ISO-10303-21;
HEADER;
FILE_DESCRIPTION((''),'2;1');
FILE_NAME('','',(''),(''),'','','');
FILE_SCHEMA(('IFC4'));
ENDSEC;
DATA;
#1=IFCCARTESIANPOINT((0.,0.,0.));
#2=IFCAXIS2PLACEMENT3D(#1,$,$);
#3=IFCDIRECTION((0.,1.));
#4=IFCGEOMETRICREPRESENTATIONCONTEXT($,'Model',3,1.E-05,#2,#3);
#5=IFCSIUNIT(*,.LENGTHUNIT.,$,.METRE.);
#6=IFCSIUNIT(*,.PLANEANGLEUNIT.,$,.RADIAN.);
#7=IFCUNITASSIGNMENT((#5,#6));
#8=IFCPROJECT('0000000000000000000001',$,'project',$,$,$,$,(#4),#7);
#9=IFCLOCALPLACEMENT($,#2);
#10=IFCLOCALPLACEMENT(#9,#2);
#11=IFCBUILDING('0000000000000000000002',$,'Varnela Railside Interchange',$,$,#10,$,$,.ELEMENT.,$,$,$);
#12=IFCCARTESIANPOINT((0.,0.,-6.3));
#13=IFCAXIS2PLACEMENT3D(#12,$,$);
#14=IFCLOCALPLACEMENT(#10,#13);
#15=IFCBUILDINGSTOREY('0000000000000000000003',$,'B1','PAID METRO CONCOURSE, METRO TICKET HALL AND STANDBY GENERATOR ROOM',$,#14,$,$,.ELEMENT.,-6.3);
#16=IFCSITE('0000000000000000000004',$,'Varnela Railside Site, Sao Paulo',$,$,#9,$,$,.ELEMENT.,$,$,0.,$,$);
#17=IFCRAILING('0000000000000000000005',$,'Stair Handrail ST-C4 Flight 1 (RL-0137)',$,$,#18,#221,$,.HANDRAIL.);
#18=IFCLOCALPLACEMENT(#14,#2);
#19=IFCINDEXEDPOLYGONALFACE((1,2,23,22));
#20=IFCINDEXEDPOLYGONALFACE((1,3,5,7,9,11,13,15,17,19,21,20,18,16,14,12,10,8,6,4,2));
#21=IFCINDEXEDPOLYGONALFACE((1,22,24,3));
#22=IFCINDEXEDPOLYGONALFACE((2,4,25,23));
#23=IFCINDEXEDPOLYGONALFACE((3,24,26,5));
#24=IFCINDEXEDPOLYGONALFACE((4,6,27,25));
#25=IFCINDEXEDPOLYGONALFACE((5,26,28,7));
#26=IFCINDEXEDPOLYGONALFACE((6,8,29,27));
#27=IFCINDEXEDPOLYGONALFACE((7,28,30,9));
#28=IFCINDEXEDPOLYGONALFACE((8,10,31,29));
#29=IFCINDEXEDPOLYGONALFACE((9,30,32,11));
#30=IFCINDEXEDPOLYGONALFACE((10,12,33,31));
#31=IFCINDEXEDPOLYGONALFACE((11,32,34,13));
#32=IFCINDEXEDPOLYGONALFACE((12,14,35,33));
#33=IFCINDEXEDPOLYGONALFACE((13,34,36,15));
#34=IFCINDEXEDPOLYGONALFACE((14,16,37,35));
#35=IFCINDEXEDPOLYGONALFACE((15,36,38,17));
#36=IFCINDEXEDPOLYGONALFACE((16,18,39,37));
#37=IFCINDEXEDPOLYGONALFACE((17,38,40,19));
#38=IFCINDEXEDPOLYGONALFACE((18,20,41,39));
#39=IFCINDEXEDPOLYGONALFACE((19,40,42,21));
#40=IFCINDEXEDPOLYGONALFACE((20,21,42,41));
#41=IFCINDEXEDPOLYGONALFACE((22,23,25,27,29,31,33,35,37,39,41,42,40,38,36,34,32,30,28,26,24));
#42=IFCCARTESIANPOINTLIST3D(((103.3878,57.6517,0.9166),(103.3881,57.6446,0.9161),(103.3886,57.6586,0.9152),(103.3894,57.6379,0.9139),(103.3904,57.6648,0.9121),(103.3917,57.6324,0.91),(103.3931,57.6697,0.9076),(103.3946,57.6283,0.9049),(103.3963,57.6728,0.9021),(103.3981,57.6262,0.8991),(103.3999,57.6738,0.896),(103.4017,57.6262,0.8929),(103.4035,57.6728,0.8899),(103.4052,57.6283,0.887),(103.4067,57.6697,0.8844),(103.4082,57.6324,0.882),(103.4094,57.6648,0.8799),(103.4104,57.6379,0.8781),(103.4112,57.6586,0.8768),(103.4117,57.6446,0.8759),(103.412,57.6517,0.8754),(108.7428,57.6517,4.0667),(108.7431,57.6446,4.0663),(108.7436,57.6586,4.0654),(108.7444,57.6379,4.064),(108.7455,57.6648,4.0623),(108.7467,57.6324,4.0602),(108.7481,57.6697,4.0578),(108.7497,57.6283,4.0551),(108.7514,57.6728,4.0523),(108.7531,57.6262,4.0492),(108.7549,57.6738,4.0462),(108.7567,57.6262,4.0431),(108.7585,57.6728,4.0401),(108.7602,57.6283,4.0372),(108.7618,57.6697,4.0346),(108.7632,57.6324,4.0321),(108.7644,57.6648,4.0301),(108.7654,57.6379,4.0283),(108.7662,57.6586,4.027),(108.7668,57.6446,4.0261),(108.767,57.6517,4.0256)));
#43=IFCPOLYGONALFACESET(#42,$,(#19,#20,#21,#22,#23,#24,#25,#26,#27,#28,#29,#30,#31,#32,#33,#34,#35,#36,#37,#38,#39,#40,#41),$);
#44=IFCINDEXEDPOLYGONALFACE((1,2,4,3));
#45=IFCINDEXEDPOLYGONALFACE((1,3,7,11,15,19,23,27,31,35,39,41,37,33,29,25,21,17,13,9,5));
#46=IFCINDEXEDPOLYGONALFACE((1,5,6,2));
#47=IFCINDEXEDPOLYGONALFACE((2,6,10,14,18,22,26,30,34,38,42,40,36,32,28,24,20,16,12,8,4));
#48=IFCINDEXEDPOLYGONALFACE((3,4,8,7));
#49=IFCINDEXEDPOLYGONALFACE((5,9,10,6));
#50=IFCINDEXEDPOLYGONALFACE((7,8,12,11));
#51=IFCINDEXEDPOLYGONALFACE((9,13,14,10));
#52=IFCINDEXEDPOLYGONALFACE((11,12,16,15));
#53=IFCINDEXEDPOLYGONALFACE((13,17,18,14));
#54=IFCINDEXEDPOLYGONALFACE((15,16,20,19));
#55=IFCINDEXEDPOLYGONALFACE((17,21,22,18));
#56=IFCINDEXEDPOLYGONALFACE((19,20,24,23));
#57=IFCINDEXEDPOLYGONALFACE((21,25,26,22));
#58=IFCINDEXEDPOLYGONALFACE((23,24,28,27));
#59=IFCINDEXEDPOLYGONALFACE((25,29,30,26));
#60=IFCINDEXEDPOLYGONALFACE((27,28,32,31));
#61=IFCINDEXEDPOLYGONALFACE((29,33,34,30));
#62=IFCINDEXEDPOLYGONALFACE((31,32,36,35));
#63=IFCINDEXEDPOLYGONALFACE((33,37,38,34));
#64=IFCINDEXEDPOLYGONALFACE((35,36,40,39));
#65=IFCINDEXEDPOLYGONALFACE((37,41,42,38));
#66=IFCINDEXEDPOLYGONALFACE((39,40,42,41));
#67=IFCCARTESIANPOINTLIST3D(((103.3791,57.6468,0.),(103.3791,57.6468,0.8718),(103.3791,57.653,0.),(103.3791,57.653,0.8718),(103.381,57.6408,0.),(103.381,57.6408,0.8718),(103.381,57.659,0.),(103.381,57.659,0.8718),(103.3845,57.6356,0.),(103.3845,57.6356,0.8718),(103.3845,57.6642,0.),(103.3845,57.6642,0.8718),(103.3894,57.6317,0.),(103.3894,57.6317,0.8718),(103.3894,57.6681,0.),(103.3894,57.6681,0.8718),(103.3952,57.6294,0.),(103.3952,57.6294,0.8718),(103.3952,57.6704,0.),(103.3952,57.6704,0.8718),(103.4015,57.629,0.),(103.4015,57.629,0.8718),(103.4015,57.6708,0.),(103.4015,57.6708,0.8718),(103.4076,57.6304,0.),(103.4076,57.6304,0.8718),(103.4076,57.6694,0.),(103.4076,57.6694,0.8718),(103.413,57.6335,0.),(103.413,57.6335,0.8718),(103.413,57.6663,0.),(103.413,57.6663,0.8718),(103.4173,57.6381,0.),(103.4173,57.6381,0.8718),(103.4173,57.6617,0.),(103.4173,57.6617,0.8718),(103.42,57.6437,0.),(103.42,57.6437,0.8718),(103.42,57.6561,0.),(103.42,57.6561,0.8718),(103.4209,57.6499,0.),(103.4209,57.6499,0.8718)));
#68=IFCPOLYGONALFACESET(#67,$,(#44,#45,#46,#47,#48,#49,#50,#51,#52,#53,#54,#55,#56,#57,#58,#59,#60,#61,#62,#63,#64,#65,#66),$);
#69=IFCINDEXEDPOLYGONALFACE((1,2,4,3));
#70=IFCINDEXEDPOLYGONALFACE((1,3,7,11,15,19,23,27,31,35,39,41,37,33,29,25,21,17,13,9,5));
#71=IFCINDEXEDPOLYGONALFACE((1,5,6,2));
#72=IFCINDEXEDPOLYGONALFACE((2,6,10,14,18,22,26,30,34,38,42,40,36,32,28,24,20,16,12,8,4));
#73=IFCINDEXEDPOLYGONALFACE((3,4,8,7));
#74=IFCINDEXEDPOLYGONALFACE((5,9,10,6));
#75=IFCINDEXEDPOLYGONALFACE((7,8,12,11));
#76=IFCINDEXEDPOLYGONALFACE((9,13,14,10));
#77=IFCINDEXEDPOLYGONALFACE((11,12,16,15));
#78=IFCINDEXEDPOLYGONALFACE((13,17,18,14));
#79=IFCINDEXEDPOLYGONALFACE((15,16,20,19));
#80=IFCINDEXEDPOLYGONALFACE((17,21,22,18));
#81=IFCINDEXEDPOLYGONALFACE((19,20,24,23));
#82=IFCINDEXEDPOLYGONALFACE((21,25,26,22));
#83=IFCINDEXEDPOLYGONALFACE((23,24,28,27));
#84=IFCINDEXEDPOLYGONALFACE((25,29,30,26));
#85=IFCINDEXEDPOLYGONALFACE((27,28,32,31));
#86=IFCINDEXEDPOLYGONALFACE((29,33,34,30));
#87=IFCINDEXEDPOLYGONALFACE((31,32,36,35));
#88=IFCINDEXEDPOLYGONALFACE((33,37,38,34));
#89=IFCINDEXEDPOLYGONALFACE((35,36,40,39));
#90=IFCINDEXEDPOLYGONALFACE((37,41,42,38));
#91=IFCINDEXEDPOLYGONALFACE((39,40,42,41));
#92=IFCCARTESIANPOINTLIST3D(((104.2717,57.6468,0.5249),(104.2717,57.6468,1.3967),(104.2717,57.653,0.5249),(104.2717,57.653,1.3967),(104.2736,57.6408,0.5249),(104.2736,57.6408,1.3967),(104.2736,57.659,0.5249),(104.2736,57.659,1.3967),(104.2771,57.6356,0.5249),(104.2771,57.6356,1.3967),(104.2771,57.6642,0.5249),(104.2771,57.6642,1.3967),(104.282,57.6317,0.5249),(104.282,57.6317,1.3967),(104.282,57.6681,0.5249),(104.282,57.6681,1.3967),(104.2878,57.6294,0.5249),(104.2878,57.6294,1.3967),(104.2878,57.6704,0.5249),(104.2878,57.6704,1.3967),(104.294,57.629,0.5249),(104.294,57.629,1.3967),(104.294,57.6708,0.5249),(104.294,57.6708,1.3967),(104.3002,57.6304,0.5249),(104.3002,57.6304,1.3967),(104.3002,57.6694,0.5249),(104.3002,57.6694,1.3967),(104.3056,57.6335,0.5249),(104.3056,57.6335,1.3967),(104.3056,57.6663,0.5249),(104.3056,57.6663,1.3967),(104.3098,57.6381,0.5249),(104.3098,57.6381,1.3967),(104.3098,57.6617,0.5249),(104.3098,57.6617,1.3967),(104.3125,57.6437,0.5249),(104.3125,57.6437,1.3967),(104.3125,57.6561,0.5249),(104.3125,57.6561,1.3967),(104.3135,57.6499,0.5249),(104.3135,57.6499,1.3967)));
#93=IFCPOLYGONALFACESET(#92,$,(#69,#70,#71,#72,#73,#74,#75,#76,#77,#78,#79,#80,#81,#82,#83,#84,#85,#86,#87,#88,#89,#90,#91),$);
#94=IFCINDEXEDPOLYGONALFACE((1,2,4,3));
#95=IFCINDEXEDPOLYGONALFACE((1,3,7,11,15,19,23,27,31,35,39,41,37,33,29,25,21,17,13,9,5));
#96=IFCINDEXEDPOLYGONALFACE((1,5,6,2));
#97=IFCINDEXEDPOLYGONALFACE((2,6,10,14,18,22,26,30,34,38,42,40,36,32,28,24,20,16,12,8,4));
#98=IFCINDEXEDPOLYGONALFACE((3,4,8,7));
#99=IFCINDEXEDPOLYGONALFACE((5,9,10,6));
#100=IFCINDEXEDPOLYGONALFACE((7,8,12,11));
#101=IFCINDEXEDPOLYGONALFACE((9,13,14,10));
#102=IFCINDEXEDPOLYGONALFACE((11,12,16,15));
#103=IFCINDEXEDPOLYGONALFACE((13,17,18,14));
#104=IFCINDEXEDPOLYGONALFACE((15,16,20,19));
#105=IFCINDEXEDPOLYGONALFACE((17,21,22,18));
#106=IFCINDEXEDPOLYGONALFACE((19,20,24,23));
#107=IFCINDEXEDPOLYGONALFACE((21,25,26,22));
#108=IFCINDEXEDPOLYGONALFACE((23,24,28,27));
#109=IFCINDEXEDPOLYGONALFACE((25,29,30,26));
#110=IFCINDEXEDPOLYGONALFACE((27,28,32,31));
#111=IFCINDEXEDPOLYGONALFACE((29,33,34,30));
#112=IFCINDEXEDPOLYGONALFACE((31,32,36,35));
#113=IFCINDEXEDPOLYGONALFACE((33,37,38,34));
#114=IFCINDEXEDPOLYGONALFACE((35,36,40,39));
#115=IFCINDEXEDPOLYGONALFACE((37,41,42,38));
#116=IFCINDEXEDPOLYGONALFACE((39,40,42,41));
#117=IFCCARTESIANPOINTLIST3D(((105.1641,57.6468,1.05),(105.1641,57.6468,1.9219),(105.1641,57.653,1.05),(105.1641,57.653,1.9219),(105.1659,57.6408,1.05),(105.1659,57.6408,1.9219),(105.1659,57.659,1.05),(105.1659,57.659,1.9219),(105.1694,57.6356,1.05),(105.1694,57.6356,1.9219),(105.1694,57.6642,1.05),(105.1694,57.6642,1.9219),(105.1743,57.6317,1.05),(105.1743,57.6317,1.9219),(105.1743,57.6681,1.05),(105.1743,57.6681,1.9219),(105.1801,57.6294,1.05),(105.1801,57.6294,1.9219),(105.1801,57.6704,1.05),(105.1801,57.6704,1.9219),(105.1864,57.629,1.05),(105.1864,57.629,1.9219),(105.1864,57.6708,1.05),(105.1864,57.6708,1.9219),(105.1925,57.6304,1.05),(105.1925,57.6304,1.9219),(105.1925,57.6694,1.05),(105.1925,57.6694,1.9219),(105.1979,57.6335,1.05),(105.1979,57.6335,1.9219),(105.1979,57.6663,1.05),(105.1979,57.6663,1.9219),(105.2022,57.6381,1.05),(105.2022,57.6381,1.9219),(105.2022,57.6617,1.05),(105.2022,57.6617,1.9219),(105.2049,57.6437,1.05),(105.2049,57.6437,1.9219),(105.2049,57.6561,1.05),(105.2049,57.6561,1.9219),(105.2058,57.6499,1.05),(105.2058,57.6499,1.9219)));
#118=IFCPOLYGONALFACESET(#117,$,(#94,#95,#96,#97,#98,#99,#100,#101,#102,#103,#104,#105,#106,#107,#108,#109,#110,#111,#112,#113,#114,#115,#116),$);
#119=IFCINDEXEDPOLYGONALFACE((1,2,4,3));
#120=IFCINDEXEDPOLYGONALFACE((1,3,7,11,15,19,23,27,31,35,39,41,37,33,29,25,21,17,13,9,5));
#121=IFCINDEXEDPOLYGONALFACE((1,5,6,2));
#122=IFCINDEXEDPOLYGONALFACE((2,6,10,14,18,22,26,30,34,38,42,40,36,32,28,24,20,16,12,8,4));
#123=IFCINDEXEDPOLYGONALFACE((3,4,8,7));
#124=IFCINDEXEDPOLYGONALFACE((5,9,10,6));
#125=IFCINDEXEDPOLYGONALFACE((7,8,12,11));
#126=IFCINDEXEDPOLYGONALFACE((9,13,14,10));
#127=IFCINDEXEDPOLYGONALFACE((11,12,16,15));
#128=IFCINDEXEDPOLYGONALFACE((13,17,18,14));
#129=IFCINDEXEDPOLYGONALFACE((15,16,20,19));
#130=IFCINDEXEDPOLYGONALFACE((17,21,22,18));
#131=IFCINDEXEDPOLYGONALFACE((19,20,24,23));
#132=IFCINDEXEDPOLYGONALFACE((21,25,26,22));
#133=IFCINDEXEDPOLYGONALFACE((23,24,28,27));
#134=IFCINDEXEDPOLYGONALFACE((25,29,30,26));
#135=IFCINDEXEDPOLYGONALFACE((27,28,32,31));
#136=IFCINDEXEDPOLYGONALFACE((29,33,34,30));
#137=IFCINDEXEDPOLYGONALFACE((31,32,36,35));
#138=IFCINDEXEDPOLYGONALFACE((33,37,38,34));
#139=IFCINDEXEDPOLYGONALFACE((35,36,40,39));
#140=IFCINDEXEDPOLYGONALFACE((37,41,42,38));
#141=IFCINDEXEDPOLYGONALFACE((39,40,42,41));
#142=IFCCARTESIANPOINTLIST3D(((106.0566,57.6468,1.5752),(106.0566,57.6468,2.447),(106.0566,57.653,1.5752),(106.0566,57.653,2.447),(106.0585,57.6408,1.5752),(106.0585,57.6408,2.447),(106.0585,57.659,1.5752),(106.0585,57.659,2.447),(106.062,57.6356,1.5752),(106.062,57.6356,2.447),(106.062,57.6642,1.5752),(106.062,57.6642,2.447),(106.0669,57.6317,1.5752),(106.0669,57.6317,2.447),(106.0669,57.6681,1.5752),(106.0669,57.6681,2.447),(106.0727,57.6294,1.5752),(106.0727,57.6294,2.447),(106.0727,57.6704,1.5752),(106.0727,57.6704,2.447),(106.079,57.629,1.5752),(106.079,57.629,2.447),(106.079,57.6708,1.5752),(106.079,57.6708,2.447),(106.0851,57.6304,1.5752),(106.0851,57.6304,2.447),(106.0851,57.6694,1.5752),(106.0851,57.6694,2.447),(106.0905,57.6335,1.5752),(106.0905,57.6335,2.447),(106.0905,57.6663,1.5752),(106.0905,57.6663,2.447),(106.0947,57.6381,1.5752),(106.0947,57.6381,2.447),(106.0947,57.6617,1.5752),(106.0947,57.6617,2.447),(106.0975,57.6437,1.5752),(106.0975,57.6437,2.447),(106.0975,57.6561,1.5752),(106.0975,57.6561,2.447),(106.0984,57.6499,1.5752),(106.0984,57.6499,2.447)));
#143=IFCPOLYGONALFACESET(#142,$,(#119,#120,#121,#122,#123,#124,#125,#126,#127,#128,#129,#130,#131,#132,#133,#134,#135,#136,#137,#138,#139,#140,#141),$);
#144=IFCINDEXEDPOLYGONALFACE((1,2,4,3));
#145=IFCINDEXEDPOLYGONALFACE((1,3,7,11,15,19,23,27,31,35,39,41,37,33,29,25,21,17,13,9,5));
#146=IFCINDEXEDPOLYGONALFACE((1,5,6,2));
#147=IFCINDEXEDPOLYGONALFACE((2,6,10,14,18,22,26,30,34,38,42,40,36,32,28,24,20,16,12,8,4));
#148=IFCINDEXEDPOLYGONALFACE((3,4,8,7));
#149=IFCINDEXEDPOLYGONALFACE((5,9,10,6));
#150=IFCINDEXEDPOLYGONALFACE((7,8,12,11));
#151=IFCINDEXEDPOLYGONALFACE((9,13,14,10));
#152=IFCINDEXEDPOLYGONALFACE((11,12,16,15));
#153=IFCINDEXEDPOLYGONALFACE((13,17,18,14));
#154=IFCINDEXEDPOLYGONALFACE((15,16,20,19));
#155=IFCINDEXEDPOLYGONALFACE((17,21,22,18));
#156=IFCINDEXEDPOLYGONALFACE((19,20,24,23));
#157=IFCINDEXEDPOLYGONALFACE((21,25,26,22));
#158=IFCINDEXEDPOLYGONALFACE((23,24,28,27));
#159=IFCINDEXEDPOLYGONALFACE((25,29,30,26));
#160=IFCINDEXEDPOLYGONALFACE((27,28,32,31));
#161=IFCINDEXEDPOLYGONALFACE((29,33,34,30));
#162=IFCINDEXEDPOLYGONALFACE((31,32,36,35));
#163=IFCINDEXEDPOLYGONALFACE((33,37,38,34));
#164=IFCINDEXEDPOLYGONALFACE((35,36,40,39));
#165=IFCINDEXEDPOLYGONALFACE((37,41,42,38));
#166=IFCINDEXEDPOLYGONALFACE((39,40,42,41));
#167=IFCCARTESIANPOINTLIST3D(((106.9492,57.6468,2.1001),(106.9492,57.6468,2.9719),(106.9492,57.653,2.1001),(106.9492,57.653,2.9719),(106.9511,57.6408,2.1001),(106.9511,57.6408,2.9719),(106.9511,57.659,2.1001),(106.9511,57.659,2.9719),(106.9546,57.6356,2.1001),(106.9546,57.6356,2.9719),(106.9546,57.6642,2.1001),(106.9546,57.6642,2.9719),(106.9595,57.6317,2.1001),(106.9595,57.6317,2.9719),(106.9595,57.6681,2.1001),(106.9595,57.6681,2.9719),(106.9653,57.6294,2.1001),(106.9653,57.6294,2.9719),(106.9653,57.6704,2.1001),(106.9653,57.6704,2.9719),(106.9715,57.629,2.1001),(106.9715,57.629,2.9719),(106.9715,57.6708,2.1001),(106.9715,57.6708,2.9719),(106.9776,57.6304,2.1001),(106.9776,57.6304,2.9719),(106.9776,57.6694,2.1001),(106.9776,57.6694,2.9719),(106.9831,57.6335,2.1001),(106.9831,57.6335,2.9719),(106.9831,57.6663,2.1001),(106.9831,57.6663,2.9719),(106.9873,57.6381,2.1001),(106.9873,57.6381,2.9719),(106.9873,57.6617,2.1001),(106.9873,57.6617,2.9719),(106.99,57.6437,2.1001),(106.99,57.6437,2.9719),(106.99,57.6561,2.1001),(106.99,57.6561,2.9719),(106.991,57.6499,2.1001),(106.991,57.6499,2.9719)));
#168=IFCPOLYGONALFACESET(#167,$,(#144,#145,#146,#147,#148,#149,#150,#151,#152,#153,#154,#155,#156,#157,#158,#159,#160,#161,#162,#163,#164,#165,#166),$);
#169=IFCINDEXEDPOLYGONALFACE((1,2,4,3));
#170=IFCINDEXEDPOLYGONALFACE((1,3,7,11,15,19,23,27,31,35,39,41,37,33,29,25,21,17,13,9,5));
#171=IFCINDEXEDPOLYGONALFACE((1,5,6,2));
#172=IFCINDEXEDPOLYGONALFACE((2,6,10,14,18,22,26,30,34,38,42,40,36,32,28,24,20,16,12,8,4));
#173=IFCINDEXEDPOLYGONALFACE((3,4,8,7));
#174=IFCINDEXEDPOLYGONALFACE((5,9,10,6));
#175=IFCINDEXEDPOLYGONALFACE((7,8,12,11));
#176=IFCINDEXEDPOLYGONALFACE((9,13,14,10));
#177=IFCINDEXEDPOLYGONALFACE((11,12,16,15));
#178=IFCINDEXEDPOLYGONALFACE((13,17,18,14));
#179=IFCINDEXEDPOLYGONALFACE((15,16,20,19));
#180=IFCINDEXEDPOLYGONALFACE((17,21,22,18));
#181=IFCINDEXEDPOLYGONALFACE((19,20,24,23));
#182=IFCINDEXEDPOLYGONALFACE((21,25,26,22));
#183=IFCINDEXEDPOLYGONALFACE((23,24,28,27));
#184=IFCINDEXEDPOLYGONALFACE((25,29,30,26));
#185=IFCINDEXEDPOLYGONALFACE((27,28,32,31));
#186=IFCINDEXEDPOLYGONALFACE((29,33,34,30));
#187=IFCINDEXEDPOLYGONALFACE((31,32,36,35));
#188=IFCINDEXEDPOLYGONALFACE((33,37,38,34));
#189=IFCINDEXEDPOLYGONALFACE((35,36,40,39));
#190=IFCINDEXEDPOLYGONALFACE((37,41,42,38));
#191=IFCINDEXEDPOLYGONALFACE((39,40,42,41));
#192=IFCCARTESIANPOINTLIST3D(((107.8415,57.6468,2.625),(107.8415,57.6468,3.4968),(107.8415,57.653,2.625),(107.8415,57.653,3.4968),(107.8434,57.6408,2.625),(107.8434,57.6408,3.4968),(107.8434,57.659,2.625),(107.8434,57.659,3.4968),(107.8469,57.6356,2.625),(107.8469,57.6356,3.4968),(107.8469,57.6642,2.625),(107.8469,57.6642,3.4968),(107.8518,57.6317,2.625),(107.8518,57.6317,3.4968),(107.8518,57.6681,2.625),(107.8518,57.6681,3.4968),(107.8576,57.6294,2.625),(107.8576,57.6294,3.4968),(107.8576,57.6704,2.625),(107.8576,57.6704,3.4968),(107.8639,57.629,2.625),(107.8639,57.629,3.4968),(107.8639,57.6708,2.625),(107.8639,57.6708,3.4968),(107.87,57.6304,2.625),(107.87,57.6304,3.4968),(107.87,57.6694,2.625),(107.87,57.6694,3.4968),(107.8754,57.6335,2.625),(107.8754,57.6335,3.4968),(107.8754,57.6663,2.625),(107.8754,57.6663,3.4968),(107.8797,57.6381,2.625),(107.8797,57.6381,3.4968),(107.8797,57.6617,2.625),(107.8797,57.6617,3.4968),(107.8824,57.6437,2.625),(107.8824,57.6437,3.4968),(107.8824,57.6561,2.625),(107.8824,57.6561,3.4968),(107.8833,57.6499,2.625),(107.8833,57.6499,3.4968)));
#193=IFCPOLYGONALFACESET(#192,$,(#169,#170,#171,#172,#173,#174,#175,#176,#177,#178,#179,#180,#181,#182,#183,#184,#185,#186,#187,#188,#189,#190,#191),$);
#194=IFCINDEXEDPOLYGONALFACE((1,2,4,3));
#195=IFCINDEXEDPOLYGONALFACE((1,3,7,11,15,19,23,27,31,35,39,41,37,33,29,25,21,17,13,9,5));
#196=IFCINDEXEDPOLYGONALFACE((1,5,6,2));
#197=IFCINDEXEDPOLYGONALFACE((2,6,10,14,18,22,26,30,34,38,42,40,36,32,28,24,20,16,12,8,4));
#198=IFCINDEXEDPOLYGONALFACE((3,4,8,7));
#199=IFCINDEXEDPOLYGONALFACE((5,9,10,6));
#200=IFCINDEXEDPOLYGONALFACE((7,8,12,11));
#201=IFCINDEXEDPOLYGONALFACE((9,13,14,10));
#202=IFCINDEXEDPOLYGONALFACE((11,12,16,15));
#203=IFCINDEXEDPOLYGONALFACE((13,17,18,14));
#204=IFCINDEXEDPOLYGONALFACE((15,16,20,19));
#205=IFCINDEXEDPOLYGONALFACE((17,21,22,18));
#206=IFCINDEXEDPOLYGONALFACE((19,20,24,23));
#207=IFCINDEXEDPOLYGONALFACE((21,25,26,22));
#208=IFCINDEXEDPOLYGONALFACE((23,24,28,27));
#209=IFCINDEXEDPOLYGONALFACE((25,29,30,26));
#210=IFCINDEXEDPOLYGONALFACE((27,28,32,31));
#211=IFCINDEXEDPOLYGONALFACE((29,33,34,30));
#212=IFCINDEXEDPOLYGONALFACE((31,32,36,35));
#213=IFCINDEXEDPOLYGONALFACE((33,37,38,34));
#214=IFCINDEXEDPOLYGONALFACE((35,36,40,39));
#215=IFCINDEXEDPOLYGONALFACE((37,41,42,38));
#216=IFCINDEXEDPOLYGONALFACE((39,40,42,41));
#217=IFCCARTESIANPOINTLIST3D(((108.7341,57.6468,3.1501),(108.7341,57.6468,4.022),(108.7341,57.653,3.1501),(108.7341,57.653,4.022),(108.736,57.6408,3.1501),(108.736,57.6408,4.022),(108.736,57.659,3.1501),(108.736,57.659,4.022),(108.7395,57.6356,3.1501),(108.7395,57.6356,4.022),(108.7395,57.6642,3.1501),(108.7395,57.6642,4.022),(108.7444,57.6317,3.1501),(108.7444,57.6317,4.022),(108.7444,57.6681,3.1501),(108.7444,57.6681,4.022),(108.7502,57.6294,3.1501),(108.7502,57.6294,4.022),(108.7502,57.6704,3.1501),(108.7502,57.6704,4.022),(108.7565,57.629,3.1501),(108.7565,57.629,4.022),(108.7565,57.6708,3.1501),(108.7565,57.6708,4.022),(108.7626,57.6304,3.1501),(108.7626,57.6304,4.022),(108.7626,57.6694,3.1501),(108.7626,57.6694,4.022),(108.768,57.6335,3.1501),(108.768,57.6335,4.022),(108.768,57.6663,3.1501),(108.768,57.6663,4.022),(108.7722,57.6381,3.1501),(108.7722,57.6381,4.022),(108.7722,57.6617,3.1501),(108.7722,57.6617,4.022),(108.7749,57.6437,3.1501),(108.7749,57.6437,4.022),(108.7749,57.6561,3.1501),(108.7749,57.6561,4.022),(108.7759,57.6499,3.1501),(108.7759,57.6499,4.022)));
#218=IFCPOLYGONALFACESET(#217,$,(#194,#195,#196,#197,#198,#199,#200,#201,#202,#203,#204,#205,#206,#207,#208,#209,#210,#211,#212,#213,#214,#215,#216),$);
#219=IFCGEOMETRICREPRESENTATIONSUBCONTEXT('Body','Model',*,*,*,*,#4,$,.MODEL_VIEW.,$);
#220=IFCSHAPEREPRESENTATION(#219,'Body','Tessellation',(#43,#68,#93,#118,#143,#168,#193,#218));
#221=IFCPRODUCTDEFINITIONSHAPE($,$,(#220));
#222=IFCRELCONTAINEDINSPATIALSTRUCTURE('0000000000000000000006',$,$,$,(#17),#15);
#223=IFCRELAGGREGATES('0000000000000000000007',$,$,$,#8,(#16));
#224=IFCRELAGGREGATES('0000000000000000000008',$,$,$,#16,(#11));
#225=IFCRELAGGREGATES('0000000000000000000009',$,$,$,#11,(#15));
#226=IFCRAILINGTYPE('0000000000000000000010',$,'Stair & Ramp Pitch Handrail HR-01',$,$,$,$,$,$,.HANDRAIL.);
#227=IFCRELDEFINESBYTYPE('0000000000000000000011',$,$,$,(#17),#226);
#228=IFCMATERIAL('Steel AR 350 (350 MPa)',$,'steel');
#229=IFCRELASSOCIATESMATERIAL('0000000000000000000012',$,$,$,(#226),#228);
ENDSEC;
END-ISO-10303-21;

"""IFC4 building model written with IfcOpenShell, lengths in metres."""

from ifc_helpers import new_model, si_unit, direction, frame, origin, origin_2d, place, context, subcontext, project, spatial, circle, extrude, material, type_object, element, save


model = new_model("IFC4")

# Units and contexts
model_context = context("Model", 3, precision=1e-05, world=origin(), true_north=direction((0.0, 1.0)))
body_context = subcontext(model_context, "Body", "Model", "MODEL_VIEW")
ifc_project = project(units=[si_unit("LENGTHUNIT", "METRE"), si_unit("PLANEANGLEUNIT", "RADIAN")], contexts=[model_context])

# Site, building, storey
site_placement = place(None, origin())
site = spatial("IfcSite", under=ifc_project, at=site_placement, Name="Varnela Railside Site, Sao Paulo", CompositionType="ELEMENT", RefElevation=0.0)
building_placement = place(site_placement, origin())
building = spatial("IfcBuilding", under=site, at=building_placement, Name="Varnela Railside Interchange", CompositionType="ELEMENT")
storey_placement = place(building_placement, frame((0.0, 0.0, -6.3)))
storey = spatial("IfcBuildingStorey", under=building, at=storey_placement, Name="B1", Description="PAID METRO CONCOURSE, METRO TICKET HALL AND STANDBY GENERATOR ROOM", CompositionType="ELEMENT", Elevation=-6.3)

# Shared definitions
ifc_material_1 = material(Name="Steel AR 350 (350 MPa)", Category="steel")

# Railing
railing_type_1 = type_object("IfcRailingType", Name="Stair & Ramp Pitch Handrail HR-01", PredefinedType="HANDRAIL", material=ifc_material_1)
railing_1_placement = place(storey_placement, frame((103.3999, 57.6499, 0.0)))
element("IfcRailing", 1, at=railing_1_placement, inside=storey, type_object=railing_type_1, Name="Stair Handrail ST-C4 Flight 1 (RL-0137)", PredefinedType="HANDRAIL", context=body_context, shape_type="SweptSolid", body=[
    extrude(circle(Radius=0.0239, at=origin_2d()), frame((0.0, 0.0, 0.896), z_axis=(0.861923, 0.0, 0.507039), x_axis=(0.0, 1.0, 0.0)), (0.0, 0.0, 1.0), 6.2129),
    extrude(circle(Radius=0.021, at=origin_2d()), origin(), (0.0, 0.0, 1.0), 0.8718),
    extrude(circle(Radius=0.021, at=origin_2d()), frame((0.8926, 0.0, 0.5249)), (0.0, 0.0, 1.0), 0.8718),
    extrude(circle(Radius=0.021, at=origin_2d()), frame((1.7849, 0.0, 1.05)), (0.0, 0.0, 1.0), 0.8718),
    extrude(circle(Radius=0.021, at=origin_2d()), frame((2.6775, 0.0, 1.5752)), (0.0, 0.0, 1.0), 0.8718),
    extrude(circle(Radius=0.021, at=origin_2d()), frame((3.5701, 0.0, 2.1001)), (0.0, 0.0, 1.0), 0.8718),
    extrude(circle(Radius=0.021, at=origin_2d()), frame((4.4624, 0.0, 2.625)), (0.0, 0.0, 1.0), 0.8718),
    extrude(circle(Radius=0.021, at=origin_2d()), frame((5.355, 0.0, 3.1501)), (0.0, 0.0, 1.0), 0.8718),
])

save(model, "model.ifc")
